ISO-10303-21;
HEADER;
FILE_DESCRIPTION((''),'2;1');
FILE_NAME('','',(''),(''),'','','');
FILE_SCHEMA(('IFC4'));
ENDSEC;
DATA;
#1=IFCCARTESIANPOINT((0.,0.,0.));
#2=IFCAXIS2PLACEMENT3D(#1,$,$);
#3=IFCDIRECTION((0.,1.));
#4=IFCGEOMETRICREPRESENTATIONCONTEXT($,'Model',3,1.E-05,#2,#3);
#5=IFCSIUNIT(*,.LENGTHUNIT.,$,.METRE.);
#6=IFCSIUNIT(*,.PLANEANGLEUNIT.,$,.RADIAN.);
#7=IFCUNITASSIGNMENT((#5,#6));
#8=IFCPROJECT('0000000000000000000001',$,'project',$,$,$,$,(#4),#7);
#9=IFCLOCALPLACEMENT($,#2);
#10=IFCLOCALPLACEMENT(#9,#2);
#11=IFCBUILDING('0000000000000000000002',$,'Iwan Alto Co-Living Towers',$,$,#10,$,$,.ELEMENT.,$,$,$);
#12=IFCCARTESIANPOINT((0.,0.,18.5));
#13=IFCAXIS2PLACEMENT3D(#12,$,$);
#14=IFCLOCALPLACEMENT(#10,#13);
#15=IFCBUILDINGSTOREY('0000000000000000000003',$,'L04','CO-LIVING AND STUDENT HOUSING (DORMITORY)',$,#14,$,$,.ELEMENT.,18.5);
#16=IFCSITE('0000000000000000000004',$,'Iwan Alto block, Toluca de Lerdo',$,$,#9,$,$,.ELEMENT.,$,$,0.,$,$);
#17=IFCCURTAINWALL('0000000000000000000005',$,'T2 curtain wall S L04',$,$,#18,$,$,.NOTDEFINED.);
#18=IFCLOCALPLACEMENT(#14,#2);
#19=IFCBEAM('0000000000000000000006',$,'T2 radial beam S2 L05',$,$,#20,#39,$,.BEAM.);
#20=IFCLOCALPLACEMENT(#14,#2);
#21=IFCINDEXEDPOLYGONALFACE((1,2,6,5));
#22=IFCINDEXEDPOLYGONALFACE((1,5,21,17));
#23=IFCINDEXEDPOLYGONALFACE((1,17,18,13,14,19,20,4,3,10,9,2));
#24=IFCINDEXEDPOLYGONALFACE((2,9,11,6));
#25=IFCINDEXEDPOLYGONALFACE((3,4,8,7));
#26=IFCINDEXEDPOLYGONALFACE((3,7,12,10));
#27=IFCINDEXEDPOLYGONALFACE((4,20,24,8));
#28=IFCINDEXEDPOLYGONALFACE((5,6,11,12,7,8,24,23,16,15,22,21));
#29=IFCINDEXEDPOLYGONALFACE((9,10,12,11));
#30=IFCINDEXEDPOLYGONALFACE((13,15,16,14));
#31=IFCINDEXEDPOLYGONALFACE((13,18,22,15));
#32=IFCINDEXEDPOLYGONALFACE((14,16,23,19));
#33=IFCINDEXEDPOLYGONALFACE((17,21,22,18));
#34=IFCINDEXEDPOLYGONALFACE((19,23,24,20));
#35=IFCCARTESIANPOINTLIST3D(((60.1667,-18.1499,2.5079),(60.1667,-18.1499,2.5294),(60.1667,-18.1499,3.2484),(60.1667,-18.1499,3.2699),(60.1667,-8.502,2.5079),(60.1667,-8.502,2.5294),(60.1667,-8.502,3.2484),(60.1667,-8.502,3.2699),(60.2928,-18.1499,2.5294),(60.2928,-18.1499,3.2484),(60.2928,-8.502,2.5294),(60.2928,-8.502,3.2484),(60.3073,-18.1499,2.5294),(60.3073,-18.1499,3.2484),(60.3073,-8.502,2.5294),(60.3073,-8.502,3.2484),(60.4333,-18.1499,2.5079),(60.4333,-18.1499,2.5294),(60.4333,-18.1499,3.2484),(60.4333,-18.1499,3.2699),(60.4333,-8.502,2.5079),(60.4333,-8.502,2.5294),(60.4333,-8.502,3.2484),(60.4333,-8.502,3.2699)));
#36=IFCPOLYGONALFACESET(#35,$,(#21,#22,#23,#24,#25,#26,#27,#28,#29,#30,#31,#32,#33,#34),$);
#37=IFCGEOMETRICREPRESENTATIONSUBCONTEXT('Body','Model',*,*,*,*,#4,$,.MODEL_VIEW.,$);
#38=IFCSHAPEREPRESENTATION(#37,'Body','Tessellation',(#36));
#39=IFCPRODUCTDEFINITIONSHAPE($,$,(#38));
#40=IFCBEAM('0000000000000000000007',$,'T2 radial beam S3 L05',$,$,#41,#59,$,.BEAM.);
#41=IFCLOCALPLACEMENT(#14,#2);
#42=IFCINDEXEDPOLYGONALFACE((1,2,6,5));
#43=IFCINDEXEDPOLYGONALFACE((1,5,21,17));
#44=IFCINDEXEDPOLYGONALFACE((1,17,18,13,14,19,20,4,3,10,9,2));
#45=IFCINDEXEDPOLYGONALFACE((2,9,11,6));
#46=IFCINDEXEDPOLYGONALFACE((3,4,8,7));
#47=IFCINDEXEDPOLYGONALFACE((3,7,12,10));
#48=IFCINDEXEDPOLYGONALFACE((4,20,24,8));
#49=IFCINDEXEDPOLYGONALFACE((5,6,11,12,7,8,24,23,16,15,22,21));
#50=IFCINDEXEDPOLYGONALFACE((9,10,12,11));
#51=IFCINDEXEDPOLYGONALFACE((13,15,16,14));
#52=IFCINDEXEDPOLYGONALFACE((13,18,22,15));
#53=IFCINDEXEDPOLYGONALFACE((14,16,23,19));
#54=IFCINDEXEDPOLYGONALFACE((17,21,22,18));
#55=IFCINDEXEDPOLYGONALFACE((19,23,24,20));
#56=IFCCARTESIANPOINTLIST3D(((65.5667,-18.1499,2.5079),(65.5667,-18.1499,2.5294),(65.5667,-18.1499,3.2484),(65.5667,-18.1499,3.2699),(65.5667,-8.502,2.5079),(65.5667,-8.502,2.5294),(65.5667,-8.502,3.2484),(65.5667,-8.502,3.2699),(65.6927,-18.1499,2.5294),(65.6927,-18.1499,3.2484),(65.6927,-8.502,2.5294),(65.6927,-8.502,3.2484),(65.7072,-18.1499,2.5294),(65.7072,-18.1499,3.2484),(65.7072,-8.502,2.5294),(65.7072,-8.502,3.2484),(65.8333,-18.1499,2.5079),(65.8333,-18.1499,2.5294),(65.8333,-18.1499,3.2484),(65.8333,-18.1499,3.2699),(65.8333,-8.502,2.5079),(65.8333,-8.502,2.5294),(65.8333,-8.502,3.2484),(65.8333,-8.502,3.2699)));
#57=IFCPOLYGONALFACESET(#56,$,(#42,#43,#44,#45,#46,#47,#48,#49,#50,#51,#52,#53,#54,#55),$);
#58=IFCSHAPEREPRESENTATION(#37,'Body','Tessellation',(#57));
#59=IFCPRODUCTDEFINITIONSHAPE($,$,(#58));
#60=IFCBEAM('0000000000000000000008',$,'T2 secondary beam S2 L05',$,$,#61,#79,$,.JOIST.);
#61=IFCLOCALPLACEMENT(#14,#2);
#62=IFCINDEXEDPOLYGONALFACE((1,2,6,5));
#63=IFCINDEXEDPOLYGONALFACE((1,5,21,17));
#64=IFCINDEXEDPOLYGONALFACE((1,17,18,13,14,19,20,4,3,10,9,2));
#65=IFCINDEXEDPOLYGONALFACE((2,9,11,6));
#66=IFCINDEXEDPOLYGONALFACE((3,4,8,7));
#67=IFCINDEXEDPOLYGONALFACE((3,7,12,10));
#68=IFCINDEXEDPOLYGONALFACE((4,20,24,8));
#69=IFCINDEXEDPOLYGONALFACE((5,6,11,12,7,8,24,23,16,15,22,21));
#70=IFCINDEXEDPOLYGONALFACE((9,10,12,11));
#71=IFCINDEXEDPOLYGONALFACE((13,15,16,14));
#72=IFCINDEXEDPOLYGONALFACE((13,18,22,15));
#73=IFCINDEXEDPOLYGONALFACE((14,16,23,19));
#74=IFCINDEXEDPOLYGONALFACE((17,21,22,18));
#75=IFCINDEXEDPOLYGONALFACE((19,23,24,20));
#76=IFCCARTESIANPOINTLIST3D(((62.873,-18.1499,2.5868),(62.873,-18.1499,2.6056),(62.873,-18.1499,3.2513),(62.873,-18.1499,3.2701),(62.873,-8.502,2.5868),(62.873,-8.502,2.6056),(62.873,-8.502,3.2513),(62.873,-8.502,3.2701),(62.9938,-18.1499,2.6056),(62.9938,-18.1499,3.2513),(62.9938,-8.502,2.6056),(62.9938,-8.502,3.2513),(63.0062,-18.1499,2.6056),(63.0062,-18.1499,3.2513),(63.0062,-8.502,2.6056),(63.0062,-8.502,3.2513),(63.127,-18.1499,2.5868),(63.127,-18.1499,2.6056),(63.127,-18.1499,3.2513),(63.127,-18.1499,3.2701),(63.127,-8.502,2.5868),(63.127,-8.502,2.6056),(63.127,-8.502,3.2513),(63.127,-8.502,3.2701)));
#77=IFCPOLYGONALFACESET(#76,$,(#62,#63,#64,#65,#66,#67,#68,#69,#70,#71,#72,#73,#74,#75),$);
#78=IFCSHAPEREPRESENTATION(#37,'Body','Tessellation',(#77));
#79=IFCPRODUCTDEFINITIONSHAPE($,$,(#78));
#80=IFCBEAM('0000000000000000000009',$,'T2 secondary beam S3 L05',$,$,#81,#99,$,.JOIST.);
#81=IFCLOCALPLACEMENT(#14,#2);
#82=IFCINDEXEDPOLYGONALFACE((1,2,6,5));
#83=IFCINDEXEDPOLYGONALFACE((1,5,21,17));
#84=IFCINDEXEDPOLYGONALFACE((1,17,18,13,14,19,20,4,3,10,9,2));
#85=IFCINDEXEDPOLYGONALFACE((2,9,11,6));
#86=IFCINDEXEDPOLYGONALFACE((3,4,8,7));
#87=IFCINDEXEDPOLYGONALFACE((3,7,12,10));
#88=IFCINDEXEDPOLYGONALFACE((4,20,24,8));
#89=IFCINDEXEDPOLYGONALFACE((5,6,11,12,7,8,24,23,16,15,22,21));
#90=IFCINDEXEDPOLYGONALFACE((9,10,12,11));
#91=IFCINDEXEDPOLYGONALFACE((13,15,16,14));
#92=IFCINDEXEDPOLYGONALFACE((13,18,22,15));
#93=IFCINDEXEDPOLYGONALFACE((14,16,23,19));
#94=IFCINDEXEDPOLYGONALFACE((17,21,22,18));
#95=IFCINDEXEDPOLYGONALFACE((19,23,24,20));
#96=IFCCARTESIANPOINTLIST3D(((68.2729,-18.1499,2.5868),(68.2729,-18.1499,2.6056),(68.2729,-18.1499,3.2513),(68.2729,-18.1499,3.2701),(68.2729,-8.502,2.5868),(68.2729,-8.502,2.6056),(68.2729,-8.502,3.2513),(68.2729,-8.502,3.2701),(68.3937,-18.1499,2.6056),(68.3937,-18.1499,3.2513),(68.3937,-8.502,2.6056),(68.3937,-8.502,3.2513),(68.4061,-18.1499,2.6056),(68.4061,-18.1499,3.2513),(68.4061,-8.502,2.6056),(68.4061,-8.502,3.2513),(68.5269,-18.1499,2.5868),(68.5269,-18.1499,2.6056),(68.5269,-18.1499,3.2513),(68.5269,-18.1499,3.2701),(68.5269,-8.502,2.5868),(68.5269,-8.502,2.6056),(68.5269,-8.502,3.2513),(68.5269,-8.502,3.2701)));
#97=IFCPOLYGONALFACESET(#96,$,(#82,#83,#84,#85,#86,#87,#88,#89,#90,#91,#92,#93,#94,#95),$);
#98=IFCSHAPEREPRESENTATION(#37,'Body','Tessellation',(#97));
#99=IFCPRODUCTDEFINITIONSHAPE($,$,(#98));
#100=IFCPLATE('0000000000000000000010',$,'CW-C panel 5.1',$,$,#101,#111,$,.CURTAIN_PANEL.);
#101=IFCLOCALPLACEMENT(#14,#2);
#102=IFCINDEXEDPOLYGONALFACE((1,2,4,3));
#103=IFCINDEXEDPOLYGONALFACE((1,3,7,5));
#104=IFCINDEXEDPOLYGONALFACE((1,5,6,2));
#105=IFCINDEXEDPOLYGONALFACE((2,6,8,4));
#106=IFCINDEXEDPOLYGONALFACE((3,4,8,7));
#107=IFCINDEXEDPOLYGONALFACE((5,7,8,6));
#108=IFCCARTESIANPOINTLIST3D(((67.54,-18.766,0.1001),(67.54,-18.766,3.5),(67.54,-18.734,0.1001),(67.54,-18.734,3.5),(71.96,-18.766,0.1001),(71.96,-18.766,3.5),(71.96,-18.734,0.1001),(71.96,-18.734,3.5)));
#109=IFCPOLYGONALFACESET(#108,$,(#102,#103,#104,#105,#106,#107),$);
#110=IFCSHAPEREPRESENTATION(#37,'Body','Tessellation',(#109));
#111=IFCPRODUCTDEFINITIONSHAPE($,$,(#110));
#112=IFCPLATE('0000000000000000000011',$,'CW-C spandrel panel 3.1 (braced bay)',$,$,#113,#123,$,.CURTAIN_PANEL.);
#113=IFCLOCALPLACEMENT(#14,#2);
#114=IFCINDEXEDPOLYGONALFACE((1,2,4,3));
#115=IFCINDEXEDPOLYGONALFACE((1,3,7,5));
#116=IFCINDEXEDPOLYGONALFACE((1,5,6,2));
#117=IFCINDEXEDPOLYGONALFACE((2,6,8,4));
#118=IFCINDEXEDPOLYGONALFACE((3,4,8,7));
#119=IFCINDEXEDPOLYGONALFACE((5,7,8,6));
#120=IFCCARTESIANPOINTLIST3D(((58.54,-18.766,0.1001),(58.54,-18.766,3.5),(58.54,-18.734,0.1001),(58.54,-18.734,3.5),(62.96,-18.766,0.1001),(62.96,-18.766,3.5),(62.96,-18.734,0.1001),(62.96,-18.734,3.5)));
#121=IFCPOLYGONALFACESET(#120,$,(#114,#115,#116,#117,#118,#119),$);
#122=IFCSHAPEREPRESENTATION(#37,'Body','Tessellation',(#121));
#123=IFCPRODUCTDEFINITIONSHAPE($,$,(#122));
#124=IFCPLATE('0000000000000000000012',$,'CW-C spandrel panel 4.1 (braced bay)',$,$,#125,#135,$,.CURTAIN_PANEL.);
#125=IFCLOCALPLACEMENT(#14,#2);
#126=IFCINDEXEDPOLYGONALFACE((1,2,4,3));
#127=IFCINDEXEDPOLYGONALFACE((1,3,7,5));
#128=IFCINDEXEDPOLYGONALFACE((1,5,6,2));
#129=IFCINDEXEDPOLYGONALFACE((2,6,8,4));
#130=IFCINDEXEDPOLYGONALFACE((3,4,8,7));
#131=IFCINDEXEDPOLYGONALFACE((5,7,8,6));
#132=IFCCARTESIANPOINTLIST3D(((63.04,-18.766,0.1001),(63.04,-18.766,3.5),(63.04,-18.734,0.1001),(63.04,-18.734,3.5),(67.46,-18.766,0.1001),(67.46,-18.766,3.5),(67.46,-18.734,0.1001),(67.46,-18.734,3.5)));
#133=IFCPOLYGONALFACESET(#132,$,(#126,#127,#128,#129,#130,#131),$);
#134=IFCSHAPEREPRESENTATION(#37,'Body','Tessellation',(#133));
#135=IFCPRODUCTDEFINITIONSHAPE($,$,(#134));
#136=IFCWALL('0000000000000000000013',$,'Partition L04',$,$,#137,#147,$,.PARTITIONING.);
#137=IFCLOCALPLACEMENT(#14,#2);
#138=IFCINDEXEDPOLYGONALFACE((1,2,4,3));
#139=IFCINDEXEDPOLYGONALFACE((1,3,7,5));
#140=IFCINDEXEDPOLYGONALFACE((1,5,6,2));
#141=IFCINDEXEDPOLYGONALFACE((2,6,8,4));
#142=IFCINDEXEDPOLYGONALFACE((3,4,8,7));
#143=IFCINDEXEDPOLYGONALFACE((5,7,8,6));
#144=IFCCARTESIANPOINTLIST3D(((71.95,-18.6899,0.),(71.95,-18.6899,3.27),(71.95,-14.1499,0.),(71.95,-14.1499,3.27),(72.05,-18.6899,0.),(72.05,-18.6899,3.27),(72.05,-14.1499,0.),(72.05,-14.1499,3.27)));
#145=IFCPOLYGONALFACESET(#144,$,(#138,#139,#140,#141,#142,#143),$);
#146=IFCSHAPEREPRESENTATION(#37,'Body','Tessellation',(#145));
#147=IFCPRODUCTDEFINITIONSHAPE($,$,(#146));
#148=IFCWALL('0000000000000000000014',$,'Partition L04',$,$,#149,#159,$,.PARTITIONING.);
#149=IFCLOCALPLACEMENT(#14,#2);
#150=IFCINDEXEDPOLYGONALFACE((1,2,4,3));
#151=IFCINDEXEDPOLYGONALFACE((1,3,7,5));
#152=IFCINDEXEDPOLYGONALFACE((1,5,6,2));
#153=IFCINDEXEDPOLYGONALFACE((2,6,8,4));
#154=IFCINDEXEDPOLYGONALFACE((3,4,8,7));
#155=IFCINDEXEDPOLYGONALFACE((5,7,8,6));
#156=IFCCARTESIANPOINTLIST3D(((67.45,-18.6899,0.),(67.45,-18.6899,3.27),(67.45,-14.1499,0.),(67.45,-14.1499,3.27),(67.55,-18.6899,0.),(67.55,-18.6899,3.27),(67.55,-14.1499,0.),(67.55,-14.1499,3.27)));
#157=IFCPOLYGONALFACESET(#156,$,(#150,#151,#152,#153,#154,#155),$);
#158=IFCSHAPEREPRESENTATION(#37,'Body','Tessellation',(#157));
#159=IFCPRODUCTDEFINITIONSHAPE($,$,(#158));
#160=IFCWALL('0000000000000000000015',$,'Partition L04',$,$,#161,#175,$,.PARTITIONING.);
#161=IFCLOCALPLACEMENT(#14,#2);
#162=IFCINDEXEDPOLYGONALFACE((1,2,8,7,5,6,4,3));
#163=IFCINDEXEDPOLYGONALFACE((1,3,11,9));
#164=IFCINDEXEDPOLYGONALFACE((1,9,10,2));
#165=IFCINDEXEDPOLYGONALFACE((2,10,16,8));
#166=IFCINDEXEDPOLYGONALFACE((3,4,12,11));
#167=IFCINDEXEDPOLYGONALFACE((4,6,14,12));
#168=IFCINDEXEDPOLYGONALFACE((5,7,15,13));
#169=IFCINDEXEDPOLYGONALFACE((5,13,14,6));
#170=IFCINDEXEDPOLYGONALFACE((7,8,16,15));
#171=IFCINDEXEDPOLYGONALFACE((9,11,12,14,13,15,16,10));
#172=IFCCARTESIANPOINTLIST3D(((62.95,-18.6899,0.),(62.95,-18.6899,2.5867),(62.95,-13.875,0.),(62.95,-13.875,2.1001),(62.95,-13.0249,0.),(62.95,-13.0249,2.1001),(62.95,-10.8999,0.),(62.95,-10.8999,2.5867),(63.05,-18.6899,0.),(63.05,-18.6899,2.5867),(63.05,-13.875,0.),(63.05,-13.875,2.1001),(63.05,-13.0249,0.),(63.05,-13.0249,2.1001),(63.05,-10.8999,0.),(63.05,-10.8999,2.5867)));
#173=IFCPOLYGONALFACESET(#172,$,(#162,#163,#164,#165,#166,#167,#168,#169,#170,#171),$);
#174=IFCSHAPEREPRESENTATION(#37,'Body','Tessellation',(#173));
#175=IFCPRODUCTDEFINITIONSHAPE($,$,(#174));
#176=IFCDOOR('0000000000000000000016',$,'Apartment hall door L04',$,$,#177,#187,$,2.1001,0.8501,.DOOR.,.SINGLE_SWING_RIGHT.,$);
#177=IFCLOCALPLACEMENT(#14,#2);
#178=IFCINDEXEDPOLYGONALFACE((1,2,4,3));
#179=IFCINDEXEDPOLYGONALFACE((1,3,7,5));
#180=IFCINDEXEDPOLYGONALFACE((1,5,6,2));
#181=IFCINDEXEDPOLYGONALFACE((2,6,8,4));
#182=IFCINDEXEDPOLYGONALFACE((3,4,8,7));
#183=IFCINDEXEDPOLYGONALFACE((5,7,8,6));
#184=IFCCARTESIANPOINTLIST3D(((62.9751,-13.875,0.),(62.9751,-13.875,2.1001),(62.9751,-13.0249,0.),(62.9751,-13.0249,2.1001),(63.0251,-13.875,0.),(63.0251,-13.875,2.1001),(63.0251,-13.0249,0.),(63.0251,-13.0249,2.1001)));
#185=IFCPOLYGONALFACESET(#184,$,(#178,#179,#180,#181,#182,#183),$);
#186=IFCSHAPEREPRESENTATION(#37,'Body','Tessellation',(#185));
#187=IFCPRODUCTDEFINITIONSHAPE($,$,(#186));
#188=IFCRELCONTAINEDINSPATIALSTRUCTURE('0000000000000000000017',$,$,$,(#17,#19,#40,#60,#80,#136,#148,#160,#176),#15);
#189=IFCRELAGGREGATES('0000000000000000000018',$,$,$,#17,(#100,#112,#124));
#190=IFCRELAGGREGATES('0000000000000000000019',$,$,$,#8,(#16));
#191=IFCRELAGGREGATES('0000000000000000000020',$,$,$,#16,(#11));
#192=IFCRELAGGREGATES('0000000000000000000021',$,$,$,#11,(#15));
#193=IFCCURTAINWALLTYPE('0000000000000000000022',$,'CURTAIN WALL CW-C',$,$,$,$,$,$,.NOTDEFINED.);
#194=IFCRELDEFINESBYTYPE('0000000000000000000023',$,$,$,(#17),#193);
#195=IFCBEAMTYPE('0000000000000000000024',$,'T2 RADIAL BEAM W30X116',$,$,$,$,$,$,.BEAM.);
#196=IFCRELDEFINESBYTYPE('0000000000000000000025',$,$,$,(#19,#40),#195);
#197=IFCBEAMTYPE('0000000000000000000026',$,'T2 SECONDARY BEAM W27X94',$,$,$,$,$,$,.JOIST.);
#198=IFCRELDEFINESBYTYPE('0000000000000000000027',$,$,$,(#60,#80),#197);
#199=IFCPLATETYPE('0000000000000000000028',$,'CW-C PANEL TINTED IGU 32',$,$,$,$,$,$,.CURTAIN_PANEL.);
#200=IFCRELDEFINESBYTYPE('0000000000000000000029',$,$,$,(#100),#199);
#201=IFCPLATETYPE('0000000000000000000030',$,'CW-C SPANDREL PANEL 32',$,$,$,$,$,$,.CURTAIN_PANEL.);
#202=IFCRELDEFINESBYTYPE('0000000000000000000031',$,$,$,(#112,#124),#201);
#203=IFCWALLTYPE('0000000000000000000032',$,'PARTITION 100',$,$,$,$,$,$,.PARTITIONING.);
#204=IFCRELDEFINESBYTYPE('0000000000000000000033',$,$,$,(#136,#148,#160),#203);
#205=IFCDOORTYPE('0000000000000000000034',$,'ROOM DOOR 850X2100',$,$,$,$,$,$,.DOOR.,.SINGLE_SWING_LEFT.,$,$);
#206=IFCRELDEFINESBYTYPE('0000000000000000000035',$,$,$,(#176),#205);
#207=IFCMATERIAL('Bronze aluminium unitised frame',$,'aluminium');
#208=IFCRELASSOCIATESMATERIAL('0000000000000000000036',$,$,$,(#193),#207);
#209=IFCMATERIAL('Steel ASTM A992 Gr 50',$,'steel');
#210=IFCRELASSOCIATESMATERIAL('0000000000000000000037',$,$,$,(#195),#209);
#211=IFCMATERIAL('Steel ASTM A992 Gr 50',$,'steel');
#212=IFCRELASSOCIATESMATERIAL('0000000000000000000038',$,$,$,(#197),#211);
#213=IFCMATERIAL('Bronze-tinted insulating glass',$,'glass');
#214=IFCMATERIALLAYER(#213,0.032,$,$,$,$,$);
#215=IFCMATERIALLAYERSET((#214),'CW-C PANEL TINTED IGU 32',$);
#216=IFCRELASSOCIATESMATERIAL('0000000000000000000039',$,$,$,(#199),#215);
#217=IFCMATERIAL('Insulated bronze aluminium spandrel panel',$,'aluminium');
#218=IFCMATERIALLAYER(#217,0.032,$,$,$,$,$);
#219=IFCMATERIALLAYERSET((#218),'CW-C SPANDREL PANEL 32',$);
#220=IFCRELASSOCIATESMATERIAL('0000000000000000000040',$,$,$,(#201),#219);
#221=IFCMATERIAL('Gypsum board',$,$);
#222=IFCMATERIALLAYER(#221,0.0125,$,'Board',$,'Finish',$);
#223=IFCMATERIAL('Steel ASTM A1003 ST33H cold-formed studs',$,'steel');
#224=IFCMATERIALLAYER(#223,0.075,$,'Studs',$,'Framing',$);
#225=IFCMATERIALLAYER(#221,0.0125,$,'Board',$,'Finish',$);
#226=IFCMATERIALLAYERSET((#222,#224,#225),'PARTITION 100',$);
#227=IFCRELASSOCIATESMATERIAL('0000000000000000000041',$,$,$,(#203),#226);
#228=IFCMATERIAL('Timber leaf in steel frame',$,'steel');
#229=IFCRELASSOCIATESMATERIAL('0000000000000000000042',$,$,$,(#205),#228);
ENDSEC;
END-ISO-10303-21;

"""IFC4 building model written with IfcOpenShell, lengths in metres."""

from ifc_helpers import new_model, si_unit, direction, frame, frame_2d, origin, origin_2d, place, context, subcontext, project, spatial, rectangle, i_section, extrude, material, layer, layer_set, material_profile, profile_set, type_object, element, fill, aggregate, save


model = new_model("IFC4")

# Units and contexts
model_context = context("Model", 3, precision=1e-05, world=origin(), true_north=direction((0.0, 1.0)))
body_context = subcontext(model_context, "Body", "Model", "MODEL_VIEW")
ifc_project = project(units=[si_unit("LENGTHUNIT", "METRE"), si_unit("PLANEANGLEUNIT", "RADIAN")], contexts=[model_context])

# Site, building, storey
site_placement = place(None, origin())
site = spatial("IfcSite", under=ifc_project, at=site_placement, Name="Iwan Alto block, Toluca de Lerdo", CompositionType="ELEMENT", RefElevation=0.0)
building_placement = place(site_placement, origin())
building = spatial("IfcBuilding", under=site, at=building_placement, Name="Iwan Alto Co-Living Towers", CompositionType="ELEMENT")
storey_placement = place(building_placement, frame((0.0, 0.0, 18.5)))
storey = spatial("IfcBuildingStorey", under=building, at=storey_placement, Name="L04", Description="CO-LIVING AND STUDENT HOUSING (DORMITORY)", CompositionType="ELEMENT", Elevation=18.5)

# Curtain wall
ifc_material_1 = material(Name="Bronze aluminium unitised frame", Category="aluminium")
curtain_wall_type = type_object("IfcCurtainWallType", Name="CURTAIN WALL CW-C", PredefinedType="NOTDEFINED", material=ifc_material_1)
curtain_wall_placement = place(storey_placement, origin())
curtain_wall = element("IfcCurtainWall", 1, at=curtain_wall_placement, inside=storey, type_object=curtain_wall_type, Name="T2 curtain wall S L04", PredefinedType="NOTDEFINED")

# Beams
ifc_material_2 = material(Name="Steel ASTM A992 Gr 50", Category="steel")
ifc_material_profile_1 = material_profile(ifc_material_2, i_section(OverallWidth=0.2666, OverallDepth=0.762, WebThickness=0.0144, FlangeThickness=0.0215, at=origin_2d()), Name="W30X116")
ifc_profile_set_1 = profile_set([ifc_material_profile_1], Name="Steel ASTM A992 Gr 50")
beam_type_1 = type_object("IfcBeamType", Name="T2 RADIAL BEAM W30X116", PredefinedType="BEAM", material=ifc_profile_set_1)
for number, where, z_axis, x_axis, name in (
    (2, (60.3, -18.1499, 2.8889), (0.0, 1.0, 0.0), (-1.0, 0.0, 0.0), "T2 radial beam S2 L05"),
    (3, (65.7, -18.1499, 2.8889), (0.0, 1.0, 0.0), (-1.0, 0.0, 0.0), "T2 radial beam S3 L05"),
):
    element("IfcBeam", number, at=place(storey_placement, frame(where, z_axis=z_axis, x_axis=x_axis)), inside=storey, type_object=beam_type_1, Name=name, PredefinedType="BEAM", context=body_context, shape_type="SweptSolid", body=[
        extrude(i_section(OverallWidth=0.2666, OverallDepth=0.762, WebThickness=0.0144, FlangeThickness=0.0215, at=origin_2d()), origin(), (0.0, 0.0, 1.0), 9.6479),
    ])
ifc_material_3 = material(Name="Steel ASTM A992 Gr 50", Category="steel")
ifc_material_profile_2 = material_profile(ifc_material_3, i_section(OverallWidth=0.2539, OverallDepth=0.6833, WebThickness=0.0125, FlangeThickness=0.0188, at=origin_2d()), Name="W27X94")
ifc_profile_set_2 = profile_set([ifc_material_profile_2], Name="Steel ASTM A992 Gr 50")
beam_type_2 = type_object("IfcBeamType", Name="T2 SECONDARY BEAM W27X94", PredefinedType="JOIST", material=ifc_profile_set_2)
for number, where, z_axis, x_axis, name in (
    (4, (63.0, -18.1499, 2.9285), (0.0, 1.0, 0.0), (-1.0, 0.0, 0.0), "T2 secondary beam S2 L05"),
    (5, (68.3999, -18.1499, 2.9285), (0.0, 1.0, 0.0), (-1.0, 0.0, 0.0), "T2 secondary beam S3 L05"),
):
    element("IfcBeam", number, at=place(storey_placement, frame(where, z_axis=z_axis, x_axis=x_axis)), inside=storey, type_object=beam_type_2, Name=name, PredefinedType="JOIST", context=body_context, shape_type="SweptSolid", body=[
        extrude(i_section(OverallWidth=0.2539, OverallDepth=0.6833, WebThickness=0.0125, FlangeThickness=0.0188, at=origin_2d()), origin(), (0.0, 0.0, 1.0), 9.6479),
    ])

# Plates
ifc_material_4 = material(Name="Bronze-tinted insulating glass", Category="glass")
ifc_layer_1 = layer(ifc_material_4, 0.032)
ifc_layer_set_1 = layer_set([ifc_layer_1], Name="CW-C PANEL TINTED IGU 32")
plate_type_1 = type_object("IfcPlateType", Name="CW-C PANEL TINTED IGU 32", PredefinedType="CURTAIN_PANEL", material=ifc_layer_set_1)
plate_1_placement = place(storey_placement, frame((69.75, -18.75, 0.1001), z_axis=(0.0, 0.0, 1.0), x_axis=(1.0, 0.0, 0.0)))
plate_1 = element("IfcPlate", 6, at=plate_1_placement, type_object=plate_type_1, Name="CW-C panel 5.1", PredefinedType="CURTAIN_PANEL", context=body_context, shape_type="SweptSolid", body=[
    extrude(rectangle(XDim=4.4199, YDim=0.032, at=origin_2d()), origin(), (0.0, 0.0, 1.0), 3.3999),
])
ifc_material_5 = material(Name="Insulated bronze aluminium spandrel panel", Category="aluminium")
ifc_layer_2 = layer(ifc_material_5, 0.032)
ifc_layer_set_2 = layer_set([ifc_layer_2], Name="CW-C SPANDREL PANEL 32")
plate_type_2 = type_object("IfcPlateType", Name="CW-C SPANDREL PANEL 32", PredefinedType="CURTAIN_PANEL", material=ifc_layer_set_2)
plate_2_placement = place(storey_placement, frame((60.75, -18.75, 0.1001), z_axis=(0.0, 0.0, 1.0), x_axis=(1.0, 0.0, 0.0)))
plate_2 = element("IfcPlate", 7, at=plate_2_placement, type_object=plate_type_2, Name="CW-C spandrel panel 3.1 (braced bay)", PredefinedType="CURTAIN_PANEL", context=body_context, shape_type="SweptSolid", body=[
    extrude(rectangle(XDim=4.4199, YDim=0.032, at=origin_2d()), origin(), (0.0, 0.0, 1.0), 3.3999),
])
plate_3_placement = place(storey_placement, frame((65.25, -18.75, 0.1001), z_axis=(0.0, 0.0, 1.0), x_axis=(1.0, 0.0, 0.0)))
plate_3 = element("IfcPlate", 8, at=plate_3_placement, type_object=plate_type_2, Name="CW-C spandrel panel 4.1 (braced bay)", PredefinedType="CURTAIN_PANEL", context=body_context, shape_type="SweptSolid", body=[
    extrude(rectangle(XDim=4.4199, YDim=0.032, at=origin_2d()), origin(), (0.0, 0.0, 1.0), 3.3999),
])
aggregate(curtain_wall, [plate_1, plate_2, plate_3])

# Walls
ifc_material_6 = material(Name="Gypsum board")
ifc_layer_3 = layer(ifc_material_6, 0.0125, Name="Board", Category="Finish")
ifc_material_7 = material(Name="Steel ASTM A1003 ST33H cold-formed studs", Category="steel")
ifc_layer_4 = layer(ifc_material_7, 0.075, Name="Studs", Category="Framing")
ifc_layer_5 = layer(ifc_material_6, 0.0125, Name="Board", Category="Finish")
ifc_layer_set_3 = layer_set([ifc_layer_3, ifc_layer_4, ifc_layer_5], Name="PARTITION 100")
wall_type = type_object("IfcWallType", Name="PARTITION 100", PredefinedType="PARTITIONING", material=ifc_layer_set_3)
for number, where, z_axis, x_axis, name in (
    (9, (72.0, -18.6899, 0.0), (0.0, 0.0, 1.0), (0.0, 1.0, 0.0), "Partition L04"),
    (10, (67.5, -18.6899, 0.0), (0.0, 0.0, 1.0), (0.0, 1.0, 0.0), "Partition L04"),
):
    element("IfcWall", number, at=place(storey_placement, frame(where, z_axis=z_axis, x_axis=x_axis)), inside=storey, type_object=wall_type, Name=name, PredefinedType="PARTITIONING", context=body_context, shape_type="SweptSolid", body=[
        extrude(rectangle(XDim=4.54, YDim=0.1001, at=frame_2d((2.27, 0.0))), origin(), (0.0, 0.0, 1.0), 3.27),
    ])

# Wall, opening, door
wall_placement = place(storey_placement, frame((63.0, -18.6899, 0.0), z_axis=(0.0, 0.0, 1.0), x_axis=(0.0, 1.0, 0.0)))
wall = element("IfcWall", 11, at=wall_placement, inside=storey, type_object=wall_type, Name="Partition L04", PredefinedType="PARTITIONING", context=body_context, shape_type="SweptSolid", body=[
    extrude(rectangle(XDim=7.79, YDim=0.1001, at=frame_2d((3.895, 0.0))), origin(), (0.0, 0.0, 1.0), 2.5867),
])
opening_placement = place(wall_placement, frame((4.8149, 0.0, 0.0)))
opening = element("IfcOpeningElement", 12, at=opening_placement, cuts=wall, PredefinedType="OPENING", context=body_context, shape_type="SweptSolid", body=[
    extrude(rectangle(XDim=0.8501, YDim=2.1001, at=frame_2d((0.425, 1.05))), frame((0.0, 0.0601, 0.0), z_axis=(0.0, -1.0, 0.0), x_axis=(1.0, 0.0, 0.0)), (0.0, 0.0, 1.0), 0.1201),
])
ifc_material_8 = material(Name="Timber leaf in steel frame", Category="steel")
door_type = type_object("IfcDoorType", Name="ROOM DOOR 850X2100", OperationType="SINGLE_SWING_LEFT", PredefinedType="DOOR", material=ifc_material_8)
door_placement = place(opening_placement, origin())
door = element("IfcDoor", 13, at=door_placement, inside=storey, type_object=door_type, Name="Apartment hall door L04", OperationType="SINGLE_SWING_RIGHT", OverallHeight=2.1001, OverallWidth=0.8501, PredefinedType="DOOR", context=body_context, shape_type="SweptSolid", body=[
    extrude(rectangle(XDim=0.8501, YDim=2.1001, at=frame_2d((0.425, 1.05))), frame((0.0, 0.0249, 0.0), z_axis=(0.0, -1.0, 0.0), x_axis=(1.0, 0.0, 0.0)), (0.0, 0.0, 1.0), 0.05),
])
fill(opening, door)

save(model, "model.ifc")
